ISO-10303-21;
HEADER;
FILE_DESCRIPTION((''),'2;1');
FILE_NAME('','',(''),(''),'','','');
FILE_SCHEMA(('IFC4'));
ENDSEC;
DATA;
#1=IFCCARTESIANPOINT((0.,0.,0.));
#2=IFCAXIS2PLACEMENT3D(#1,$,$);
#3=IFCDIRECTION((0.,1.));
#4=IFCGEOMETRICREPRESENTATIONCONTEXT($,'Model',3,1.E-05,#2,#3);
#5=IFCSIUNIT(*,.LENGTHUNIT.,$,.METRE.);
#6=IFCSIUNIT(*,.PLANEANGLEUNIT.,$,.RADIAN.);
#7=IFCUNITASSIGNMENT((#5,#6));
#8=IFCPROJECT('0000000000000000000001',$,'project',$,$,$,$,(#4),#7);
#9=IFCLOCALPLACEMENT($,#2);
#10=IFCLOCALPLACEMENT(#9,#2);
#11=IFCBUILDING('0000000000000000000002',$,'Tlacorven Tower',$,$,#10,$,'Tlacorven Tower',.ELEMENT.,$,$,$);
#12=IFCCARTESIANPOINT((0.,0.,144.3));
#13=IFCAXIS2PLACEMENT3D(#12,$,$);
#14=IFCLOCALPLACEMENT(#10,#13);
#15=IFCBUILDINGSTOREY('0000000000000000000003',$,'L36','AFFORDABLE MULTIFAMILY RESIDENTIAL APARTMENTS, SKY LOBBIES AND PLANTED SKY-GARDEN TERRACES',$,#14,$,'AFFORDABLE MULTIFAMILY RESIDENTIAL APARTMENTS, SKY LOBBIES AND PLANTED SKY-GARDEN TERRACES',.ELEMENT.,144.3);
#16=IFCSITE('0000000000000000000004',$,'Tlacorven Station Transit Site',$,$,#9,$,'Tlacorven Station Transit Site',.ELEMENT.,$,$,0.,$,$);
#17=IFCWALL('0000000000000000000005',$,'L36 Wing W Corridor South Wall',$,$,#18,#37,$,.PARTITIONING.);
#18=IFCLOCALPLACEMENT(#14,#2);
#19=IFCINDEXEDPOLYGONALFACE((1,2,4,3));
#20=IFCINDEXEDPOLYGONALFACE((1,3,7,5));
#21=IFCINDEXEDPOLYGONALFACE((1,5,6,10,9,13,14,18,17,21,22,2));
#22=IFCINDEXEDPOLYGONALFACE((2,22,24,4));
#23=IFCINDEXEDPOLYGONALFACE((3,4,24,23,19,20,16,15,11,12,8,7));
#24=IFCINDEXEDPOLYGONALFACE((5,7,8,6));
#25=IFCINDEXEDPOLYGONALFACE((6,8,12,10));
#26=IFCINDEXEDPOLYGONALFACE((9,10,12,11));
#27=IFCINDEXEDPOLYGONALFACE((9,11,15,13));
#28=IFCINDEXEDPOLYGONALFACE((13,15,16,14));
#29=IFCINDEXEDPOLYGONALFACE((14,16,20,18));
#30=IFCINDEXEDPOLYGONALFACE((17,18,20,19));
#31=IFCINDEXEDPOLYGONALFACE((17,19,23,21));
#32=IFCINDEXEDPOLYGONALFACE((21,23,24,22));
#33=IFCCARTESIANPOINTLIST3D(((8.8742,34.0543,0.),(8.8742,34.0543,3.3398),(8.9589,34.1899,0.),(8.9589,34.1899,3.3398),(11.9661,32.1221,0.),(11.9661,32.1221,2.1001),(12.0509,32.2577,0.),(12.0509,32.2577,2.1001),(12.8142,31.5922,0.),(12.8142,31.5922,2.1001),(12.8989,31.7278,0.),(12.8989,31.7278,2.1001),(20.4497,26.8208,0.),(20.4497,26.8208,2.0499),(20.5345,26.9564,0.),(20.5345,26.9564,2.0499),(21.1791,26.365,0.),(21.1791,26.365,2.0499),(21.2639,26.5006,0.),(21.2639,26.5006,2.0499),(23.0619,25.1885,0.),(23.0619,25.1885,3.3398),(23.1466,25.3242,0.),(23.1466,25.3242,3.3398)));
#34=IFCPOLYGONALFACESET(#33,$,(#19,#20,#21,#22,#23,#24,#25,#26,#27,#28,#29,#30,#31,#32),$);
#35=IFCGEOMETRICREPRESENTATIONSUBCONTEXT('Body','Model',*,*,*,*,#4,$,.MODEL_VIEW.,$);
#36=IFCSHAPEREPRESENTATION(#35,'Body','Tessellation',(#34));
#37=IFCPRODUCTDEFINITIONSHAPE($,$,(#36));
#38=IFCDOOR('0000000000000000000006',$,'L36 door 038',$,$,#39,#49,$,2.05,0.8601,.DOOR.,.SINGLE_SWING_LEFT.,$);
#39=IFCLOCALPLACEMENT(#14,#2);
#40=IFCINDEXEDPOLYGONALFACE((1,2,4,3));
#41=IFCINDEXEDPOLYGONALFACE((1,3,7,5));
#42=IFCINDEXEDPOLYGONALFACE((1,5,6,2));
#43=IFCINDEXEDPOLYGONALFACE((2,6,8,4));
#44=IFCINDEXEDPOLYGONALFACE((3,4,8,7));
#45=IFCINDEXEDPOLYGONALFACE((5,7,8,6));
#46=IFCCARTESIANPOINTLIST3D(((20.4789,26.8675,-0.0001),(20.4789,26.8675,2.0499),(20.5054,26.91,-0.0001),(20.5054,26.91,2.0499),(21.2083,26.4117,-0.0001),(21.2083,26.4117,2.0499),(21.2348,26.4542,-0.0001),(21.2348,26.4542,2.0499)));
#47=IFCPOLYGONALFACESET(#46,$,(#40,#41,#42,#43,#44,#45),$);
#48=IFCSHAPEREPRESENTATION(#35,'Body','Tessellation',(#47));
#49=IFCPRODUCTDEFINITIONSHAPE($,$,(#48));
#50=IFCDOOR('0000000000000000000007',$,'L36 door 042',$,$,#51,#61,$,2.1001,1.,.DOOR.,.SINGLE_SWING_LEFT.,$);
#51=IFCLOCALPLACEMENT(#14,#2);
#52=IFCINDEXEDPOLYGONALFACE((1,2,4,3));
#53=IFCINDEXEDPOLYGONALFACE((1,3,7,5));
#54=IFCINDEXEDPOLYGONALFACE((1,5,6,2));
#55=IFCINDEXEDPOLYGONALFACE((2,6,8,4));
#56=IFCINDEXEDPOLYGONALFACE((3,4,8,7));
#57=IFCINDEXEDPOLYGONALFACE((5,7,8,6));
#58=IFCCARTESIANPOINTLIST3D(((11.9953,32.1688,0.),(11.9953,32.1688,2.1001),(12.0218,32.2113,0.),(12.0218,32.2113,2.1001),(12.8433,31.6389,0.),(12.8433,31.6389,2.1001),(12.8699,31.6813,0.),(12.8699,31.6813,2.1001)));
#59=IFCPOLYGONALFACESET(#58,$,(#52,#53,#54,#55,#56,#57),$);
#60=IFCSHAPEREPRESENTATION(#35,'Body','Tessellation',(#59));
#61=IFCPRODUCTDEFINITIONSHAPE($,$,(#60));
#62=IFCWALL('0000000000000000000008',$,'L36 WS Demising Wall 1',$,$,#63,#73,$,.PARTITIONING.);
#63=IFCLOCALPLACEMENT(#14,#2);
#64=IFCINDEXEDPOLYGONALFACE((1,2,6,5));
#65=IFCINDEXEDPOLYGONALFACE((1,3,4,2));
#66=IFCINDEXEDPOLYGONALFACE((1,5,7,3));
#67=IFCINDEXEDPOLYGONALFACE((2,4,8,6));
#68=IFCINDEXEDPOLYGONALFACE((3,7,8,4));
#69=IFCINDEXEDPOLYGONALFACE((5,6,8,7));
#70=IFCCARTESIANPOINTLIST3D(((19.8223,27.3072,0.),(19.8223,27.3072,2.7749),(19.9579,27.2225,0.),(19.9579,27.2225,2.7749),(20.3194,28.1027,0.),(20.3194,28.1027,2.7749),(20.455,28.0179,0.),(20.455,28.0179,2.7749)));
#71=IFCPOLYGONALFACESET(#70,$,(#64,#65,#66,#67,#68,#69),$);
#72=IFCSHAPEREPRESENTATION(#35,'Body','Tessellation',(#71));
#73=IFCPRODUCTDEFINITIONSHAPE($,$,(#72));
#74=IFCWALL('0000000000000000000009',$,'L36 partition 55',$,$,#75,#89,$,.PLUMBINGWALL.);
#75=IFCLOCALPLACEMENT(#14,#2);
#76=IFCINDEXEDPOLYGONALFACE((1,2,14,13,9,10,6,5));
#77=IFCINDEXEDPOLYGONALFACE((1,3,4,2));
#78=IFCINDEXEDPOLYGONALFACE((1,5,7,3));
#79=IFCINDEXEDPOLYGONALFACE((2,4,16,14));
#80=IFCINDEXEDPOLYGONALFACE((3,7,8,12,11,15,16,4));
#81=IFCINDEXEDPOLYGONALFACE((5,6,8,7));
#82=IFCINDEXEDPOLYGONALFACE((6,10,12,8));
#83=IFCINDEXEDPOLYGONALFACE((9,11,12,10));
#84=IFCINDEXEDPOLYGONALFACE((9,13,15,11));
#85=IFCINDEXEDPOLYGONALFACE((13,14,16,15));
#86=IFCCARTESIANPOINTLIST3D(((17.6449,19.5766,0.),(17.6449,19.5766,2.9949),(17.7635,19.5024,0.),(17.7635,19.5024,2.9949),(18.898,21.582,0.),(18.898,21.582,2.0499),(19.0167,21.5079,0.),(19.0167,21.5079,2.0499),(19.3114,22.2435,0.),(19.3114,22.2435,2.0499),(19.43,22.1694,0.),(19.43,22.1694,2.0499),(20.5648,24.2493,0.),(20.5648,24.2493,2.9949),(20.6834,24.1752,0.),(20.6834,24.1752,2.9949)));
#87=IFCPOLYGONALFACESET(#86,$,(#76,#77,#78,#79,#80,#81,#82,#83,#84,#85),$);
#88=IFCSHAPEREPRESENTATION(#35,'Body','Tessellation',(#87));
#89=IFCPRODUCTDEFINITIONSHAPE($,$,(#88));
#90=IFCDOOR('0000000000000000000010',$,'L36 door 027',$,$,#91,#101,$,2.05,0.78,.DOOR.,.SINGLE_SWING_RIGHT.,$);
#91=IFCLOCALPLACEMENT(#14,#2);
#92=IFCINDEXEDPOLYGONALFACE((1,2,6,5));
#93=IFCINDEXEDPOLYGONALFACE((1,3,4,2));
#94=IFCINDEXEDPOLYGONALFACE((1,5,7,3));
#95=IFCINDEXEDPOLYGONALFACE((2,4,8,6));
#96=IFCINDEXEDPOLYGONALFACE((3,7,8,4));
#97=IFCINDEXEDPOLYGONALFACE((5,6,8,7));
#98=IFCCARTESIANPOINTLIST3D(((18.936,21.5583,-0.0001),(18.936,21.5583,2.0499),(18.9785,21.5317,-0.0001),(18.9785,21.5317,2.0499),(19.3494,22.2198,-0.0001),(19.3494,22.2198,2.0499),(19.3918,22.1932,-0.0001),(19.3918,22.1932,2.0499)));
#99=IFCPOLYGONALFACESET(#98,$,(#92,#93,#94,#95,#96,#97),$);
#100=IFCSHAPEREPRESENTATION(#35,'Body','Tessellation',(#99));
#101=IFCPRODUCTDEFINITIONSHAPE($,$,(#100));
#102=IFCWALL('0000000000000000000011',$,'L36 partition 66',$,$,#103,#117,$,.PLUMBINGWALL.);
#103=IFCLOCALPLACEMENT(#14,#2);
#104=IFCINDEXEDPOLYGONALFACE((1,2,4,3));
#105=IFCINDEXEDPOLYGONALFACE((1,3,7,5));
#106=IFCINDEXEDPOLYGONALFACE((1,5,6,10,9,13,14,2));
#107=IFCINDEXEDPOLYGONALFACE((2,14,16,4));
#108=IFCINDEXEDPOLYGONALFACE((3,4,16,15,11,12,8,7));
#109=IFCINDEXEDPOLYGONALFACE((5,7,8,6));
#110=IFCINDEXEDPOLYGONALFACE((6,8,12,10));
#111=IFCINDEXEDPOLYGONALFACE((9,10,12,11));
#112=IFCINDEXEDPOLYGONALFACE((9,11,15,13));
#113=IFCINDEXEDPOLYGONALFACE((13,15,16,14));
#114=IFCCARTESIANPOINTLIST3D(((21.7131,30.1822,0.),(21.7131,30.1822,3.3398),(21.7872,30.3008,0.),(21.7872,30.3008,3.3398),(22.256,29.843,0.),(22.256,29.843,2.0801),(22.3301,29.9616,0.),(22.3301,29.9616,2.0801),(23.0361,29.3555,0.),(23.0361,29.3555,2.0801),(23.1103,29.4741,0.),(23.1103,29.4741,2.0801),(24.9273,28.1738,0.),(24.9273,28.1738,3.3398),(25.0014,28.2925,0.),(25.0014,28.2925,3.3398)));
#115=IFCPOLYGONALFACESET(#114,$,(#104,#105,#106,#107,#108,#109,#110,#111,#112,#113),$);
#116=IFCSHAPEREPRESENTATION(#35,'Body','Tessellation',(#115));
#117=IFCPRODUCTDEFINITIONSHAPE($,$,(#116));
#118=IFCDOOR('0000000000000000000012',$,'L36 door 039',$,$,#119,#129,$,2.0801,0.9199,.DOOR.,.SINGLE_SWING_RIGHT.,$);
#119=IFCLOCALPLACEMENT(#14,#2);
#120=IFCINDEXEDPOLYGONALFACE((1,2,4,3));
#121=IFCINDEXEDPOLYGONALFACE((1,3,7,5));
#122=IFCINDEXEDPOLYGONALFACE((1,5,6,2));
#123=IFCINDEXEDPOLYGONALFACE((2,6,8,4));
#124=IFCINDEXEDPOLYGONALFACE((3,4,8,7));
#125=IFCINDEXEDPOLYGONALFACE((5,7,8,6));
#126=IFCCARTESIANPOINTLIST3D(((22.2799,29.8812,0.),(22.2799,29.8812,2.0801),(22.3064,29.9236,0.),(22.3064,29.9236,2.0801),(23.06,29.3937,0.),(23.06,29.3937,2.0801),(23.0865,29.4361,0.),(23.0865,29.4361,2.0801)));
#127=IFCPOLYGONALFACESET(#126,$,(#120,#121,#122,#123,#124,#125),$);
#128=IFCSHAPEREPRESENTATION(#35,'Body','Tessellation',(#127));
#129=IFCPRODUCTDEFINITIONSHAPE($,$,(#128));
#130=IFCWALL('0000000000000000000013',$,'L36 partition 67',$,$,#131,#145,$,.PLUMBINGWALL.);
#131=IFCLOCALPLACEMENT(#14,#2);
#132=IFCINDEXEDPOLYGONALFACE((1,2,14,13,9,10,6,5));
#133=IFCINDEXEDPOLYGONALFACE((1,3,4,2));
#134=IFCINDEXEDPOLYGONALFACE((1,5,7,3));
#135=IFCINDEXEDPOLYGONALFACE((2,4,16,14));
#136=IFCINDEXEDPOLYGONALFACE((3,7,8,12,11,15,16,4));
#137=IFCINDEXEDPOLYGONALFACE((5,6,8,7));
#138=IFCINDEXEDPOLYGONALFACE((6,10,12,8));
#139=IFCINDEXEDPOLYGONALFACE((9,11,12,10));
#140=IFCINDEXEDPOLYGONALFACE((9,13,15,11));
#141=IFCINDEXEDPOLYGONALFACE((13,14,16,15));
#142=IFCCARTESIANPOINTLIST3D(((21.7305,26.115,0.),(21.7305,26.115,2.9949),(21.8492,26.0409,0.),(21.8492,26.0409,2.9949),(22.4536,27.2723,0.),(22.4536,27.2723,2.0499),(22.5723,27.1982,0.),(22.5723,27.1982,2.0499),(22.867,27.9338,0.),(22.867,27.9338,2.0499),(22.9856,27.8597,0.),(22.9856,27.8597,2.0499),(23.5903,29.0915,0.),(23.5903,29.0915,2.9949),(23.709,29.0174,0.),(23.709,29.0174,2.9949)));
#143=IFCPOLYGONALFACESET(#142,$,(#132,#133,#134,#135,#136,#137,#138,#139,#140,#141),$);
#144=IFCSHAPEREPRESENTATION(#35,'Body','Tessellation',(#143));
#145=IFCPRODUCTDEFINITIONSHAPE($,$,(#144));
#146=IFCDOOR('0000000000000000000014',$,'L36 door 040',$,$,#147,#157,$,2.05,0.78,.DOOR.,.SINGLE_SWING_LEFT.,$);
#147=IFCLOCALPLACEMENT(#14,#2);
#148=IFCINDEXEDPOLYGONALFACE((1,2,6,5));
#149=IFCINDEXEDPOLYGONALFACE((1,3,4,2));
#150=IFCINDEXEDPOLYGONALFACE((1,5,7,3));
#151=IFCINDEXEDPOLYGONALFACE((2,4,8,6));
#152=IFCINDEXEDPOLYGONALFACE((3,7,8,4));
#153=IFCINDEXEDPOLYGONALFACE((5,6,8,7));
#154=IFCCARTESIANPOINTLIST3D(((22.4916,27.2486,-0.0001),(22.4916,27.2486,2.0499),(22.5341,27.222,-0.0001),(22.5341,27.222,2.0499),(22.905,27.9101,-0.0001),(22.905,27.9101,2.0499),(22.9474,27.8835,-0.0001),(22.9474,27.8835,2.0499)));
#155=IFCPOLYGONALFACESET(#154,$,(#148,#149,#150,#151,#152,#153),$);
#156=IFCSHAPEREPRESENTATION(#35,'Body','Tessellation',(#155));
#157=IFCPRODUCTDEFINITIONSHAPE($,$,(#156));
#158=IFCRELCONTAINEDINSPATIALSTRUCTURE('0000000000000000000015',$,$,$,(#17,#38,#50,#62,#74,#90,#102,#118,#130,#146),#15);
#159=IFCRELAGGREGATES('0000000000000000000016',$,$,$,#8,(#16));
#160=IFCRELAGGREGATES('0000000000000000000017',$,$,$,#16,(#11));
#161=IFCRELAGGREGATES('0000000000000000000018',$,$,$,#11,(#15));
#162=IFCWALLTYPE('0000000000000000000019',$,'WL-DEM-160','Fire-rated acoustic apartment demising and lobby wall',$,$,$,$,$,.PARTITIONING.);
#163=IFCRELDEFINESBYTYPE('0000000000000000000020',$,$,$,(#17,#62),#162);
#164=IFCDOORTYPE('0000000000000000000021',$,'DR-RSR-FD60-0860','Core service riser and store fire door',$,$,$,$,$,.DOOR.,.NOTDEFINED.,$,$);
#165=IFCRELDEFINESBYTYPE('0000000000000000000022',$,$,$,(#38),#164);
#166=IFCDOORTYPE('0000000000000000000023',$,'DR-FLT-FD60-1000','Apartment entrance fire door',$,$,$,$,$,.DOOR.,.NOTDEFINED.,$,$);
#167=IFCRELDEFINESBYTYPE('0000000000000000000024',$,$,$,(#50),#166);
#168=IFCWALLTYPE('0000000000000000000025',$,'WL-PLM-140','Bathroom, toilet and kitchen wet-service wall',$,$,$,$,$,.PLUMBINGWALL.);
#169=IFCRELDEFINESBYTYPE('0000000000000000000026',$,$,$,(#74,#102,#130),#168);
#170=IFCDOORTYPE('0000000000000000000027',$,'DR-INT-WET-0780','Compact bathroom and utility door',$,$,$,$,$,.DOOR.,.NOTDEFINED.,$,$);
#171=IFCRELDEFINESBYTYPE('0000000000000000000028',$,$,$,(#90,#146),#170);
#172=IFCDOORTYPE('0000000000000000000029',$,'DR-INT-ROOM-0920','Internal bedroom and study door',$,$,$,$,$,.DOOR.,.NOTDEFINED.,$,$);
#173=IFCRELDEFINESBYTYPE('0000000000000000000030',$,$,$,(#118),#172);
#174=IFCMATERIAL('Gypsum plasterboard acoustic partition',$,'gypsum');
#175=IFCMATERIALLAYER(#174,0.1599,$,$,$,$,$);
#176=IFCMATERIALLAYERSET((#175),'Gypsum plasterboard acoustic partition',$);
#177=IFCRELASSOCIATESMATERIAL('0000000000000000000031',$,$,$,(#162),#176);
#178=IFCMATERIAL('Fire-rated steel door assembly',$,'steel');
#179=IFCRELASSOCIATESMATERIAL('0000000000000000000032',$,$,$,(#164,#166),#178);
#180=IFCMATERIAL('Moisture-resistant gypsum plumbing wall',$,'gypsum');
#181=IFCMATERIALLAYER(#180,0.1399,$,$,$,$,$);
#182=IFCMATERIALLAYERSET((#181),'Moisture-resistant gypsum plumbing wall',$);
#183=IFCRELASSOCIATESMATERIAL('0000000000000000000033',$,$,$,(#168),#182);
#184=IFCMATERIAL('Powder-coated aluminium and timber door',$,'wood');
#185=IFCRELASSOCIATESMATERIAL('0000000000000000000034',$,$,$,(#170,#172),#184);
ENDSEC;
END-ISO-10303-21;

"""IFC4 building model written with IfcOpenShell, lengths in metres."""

from ifc_helpers import new_model, si_unit, direction, frame, frame_2d, origin, place, context, subcontext, project, spatial, rectangle, extrude, source, transform, mapped, material, layer, layer_set, type_object, element, fill, save


model = new_model("IFC4")

# Units and contexts
model_context = context("Model", 3, precision=1e-05, world=origin(), true_north=direction((0.0, 1.0)))
body_context = subcontext(model_context, "Body", "Model", "MODEL_VIEW")
ifc_project = project(units=[si_unit("LENGTHUNIT", "METRE"), si_unit("PLANEANGLEUNIT", "RADIAN")], contexts=[model_context])

# Site, building, storey
site_placement = place(None, origin())
site = spatial("IfcSite", under=ifc_project, at=site_placement, Name="Tlacorven Station Transit Site", LongName="Tlacorven Station Transit Site", CompositionType="ELEMENT", RefElevation=0.0)
building_placement = place(site_placement, origin())
building = spatial("IfcBuilding", under=site, at=building_placement, Name="Tlacorven Tower", LongName="Tlacorven Tower", CompositionType="ELEMENT")
storey_placement = place(building_placement, frame((0.0, 0.0, 144.3)))
storey = spatial("IfcBuildingStorey", under=building, at=storey_placement, Name="L36", Description="AFFORDABLE MULTIFAMILY RESIDENTIAL APARTMENTS, SKY LOBBIES AND PLANTED SKY-GARDEN TERRACES", LongName="AFFORDABLE MULTIFAMILY RESIDENTIAL APARTMENTS, SKY LOBBIES AND PLANTED SKY-GARDEN TERRACES", CompositionType="ELEMENT", Elevation=144.3)

# Shared definitions
ifc_material_1 = material(Name="Gypsum plasterboard acoustic partition", Category="gypsum")
ifc_layer_1 = layer(ifc_material_1, 0.1599)
ifc_layer_set_1 = layer_set([ifc_layer_1], Name="Gypsum plasterboard acoustic partition")
wall_type_1 = type_object("IfcWallType", Name="WL-DEM-160", Description="Fire-rated acoustic apartment demising and lobby wall", PredefinedType="PARTITIONING", material=ifc_layer_set_1)
ifc_material_2 = material(Name="Fire-rated steel door assembly", Category="steel")
door_type_1 = type_object("IfcDoorType", Name="DR-RSR-FD60-0860", Description="Core service riser and store fire door", OperationType="NOTDEFINED", PredefinedType="DOOR", material=ifc_material_2)
shared_shape_1 = source(origin(), body_context, "Body", "SweptSolid", [
    extrude(rectangle(XDim=0.8601, YDim=2.05, at=frame_2d((0.4302, 1.0249))), frame((0.0, 0.0249, 0.0), z_axis=(0.0, -1.0, 0.0), x_axis=(1.0, 0.0, 0.0)), (0.0, 0.0, 1.0), 0.05),
])

# Wall, openings, doors
wall_1_placement = place(storey_placement, frame((23.1042, 25.2563, 0.0), z_axis=(0.0, 0.0, 1.0), x_axis=(-0.848042, 0.529929, 0.0)))
wall_1 = element("IfcWall", 1, at=wall_1_placement, inside=storey, type_object=wall_type_1, Name="L36 Wing W Corridor South Wall", PredefinedType="PARTITIONING", context=body_context, shape_type="SweptSolid", body=[
    extrude(rectangle(XDim=16.73, YDim=0.1599, at=frame_2d((8.365, 0.0))), origin(), (0.0, 0.0, 1.0), 3.3398),
])
opening_1_placement = place(wall_1_placement, frame((2.22, 0.0, 0.0)))
opening_1 = element("IfcOpeningElement", 2, at=opening_1_placement, cuts=wall_1, PredefinedType="OPENING", context=body_context, shape_type="SweptSolid", body=[
    extrude(rectangle(XDim=0.8601, YDim=2.05, at=frame_2d((0.4302, 1.0249))), frame((0.0, 0.0898, 0.0), z_axis=(0.0, -1.0, 0.0), x_axis=(1.0, 0.0, 0.0)), (0.0, 0.0, 1.0), 0.1799),
])
opening_2_placement = place(wall_1_placement, frame((12.084, 0.0, 0.0)))
opening_2 = element("IfcOpeningElement", 3, at=opening_2_placement, cuts=wall_1, PredefinedType="OPENING", context=body_context, shape_type="SweptSolid", body=[
    extrude(rectangle(XDim=1.0, YDim=2.1001, at=frame_2d((0.5, 1.05))), frame((0.0, 0.0898, 0.0), z_axis=(0.0, -1.0, 0.0), x_axis=(1.0, 0.0, 0.0)), (0.0, 0.0, 1.0), 0.1799),
])
door_1_placement = place(opening_1_placement, origin())
door_1 = element("IfcDoor", 4, at=door_1_placement, inside=storey, type_object=door_type_1, Name="L36 door 038", OperationType="SINGLE_SWING_LEFT", OverallHeight=2.05, OverallWidth=0.8601, PredefinedType="DOOR", context=body_context, shape_type="MappedRepresentation", body=[
    mapped(shared_shape_1, transform((0.0, 0.0, 0.0), scale=1.0)),
])
fill(opening_1, door_1)
door_type_2 = type_object("IfcDoorType", Name="DR-FLT-FD60-1000", Description="Apartment entrance fire door", OperationType="NOTDEFINED", PredefinedType="DOOR", material=ifc_material_2)
shared_shape_2 = source(origin(), body_context, "Body", "SweptSolid", [
    extrude(rectangle(XDim=1.0, YDim=2.1001, at=frame_2d((0.5, 1.05))), frame((0.0, 0.0249, 0.0), z_axis=(0.0, -1.0, 0.0), x_axis=(1.0, 0.0, 0.0)), (0.0, 0.0, 1.0), 0.05),
])
door_2_placement = place(opening_2_placement, origin())
door_2 = element("IfcDoor", 5, at=door_2_placement, inside=storey, type_object=door_type_2, Name="L36 door 042", OperationType="SINGLE_SWING_LEFT", OverallHeight=2.1001, OverallWidth=1.0, PredefinedType="DOOR", context=body_context, shape_type="MappedRepresentation", body=[
    mapped(shared_shape_2, transform((0.0, 0.0, 0.0), scale=1.0)),
])
fill(opening_2, door_2)

# Wall
wall_2_placement = place(storey_placement, frame((20.3872, 28.0603, 0.0), z_axis=(0.0, 0.0, 1.0), x_axis=(-0.529952, -0.848028, 0.0)))
element("IfcWall", 6, at=wall_2_placement, inside=storey, type_object=wall_type_1, Name="L36 WS Demising Wall 1", PredefinedType="PARTITIONING", context=body_context, shape_type="SweptSolid", body=[
    extrude(rectangle(XDim=0.938, YDim=0.1599, at=frame_2d((0.469, 0.0))), origin(), (0.0, 0.0, 1.0), 2.7749),
])

# Walls, openings, doors
ifc_material_3 = material(Name="Moisture-resistant gypsum plumbing wall", Category="gypsum")
ifc_layer_2 = layer(ifc_material_3, 0.1399)
ifc_layer_set_2 = layer_set([ifc_layer_2], Name="Moisture-resistant gypsum plumbing wall")
wall_type_2 = type_object("IfcWallType", Name="WL-PLM-140", Description="Bathroom, toilet and kitchen wet-service wall", PredefinedType="PLUMBINGWALL", material=ifc_layer_set_2)
wall_3_placement = place(storey_placement, frame((20.624, 24.2122, 0.0), z_axis=(0.0, 0.0, 1.0), x_axis=(-0.529919, -0.848048, 0.0)))
wall_3 = element("IfcWall", 7, at=wall_3_placement, inside=storey, type_object=wall_type_2, Name="L36 partition 55", PredefinedType="PLUMBINGWALL", context=body_context, shape_type="SweptSolid", body=[
    extrude(rectangle(XDim=5.51, YDim=0.1399, at=frame_2d((2.7549, 0.0))), origin(), (0.0, 0.0, 1.0), 2.9949),
])
opening_3_placement = place(wall_3_placement, frame((2.365, 0.0, 0.0)))
opening_3 = element("IfcOpeningElement", 8, at=opening_3_placement, cuts=wall_3, PredefinedType="OPENING", context=body_context, shape_type="SweptSolid", body=[
    extrude(rectangle(XDim=0.78, YDim=2.05, at=frame_2d((0.3901, 1.0249))), frame((0.0, 0.0801, 0.0), z_axis=(0.0, -1.0, 0.0), x_axis=(1.0, 0.0, 0.0)), (0.0, 0.0, 1.0), 0.1599),
])
ifc_material_4 = material(Name="Powder-coated aluminium and timber door", Category="wood")
door_type_3 = type_object("IfcDoorType", Name="DR-INT-WET-0780", Description="Compact bathroom and utility door", OperationType="NOTDEFINED", PredefinedType="DOOR", material=ifc_material_4)
shared_shape_3 = source(origin(), body_context, "Body", "SweptSolid", [
    extrude(rectangle(XDim=0.78, YDim=2.05, at=frame_2d((0.3901, 1.0249))), frame((0.0, 0.0249, 0.0), z_axis=(0.0, -1.0, 0.0), x_axis=(1.0, 0.0, 0.0)), (0.0, 0.0, 1.0), 0.05),
])
door_3_placement = place(opening_3_placement, origin())
door_3 = element("IfcDoor", 9, at=door_3_placement, inside=storey, type_object=door_type_3, Name="L36 door 027", OperationType="SINGLE_SWING_RIGHT", OverallHeight=2.05, OverallWidth=0.78, PredefinedType="DOOR", context=body_context, shape_type="MappedRepresentation", body=[
    mapped(shared_shape_3, transform((0.0, 0.0, 0.0), scale=1.0)),
])
fill(opening_3, door_3)
wall_4_placement = place(storey_placement, frame((24.9644, 28.2332, 0.0), z_axis=(0.0, 0.0, 1.0), x_axis=(-0.84806, 0.529901, 0.0)))
wall_4 = element("IfcWall", 10, at=wall_4_placement, inside=storey, type_object=wall_type_2, Name="L36 partition 66", PredefinedType="PLUMBINGWALL", context=body_context, shape_type="SweptSolid", body=[
    extrude(rectangle(XDim=3.79, YDim=0.1399, at=frame_2d((1.895, 0.0))), origin(), (0.0, 0.0, 1.0), 3.3398),
])
opening_4_placement = place(wall_4_placement, frame((2.23, 0.0, 0.0)))
opening_4 = element("IfcOpeningElement", 11, at=opening_4_placement, cuts=wall_4, PredefinedType="OPENING", context=body_context, shape_type="SweptSolid", body=[
    extrude(rectangle(XDim=0.9199, YDim=2.0801, at=frame_2d((0.46, 1.04))), frame((0.0, 0.0801, 0.0), z_axis=(0.0, -1.0, 0.0), x_axis=(1.0, 0.0, 0.0)), (0.0, 0.0, 1.0), 0.1599),
])
door_type_4 = type_object("IfcDoorType", Name="DR-INT-ROOM-0920", Description="Internal bedroom and study door", OperationType="NOTDEFINED", PredefinedType="DOOR", material=ifc_material_4)
shared_shape_4 = source(origin(), body_context, "Body", "SweptSolid", [
    extrude(rectangle(XDim=0.9199, YDim=2.0801, at=frame_2d((0.46, 1.04))), frame((0.0, 0.0249, 0.0), z_axis=(0.0, -1.0, 0.0), x_axis=(1.0, 0.0, 0.0)), (0.0, 0.0, 1.0), 0.05),
])
door_4_placement = place(opening_4_placement, origin())
door_4 = element("IfcDoor", 12, at=door_4_placement, inside=storey, type_object=door_type_4, Name="L36 door 039", OperationType="SINGLE_SWING_RIGHT", OverallHeight=2.0801, OverallWidth=0.9199, PredefinedType="DOOR", context=body_context, shape_type="MappedRepresentation", body=[
    mapped(shared_shape_4, transform((0.0, 0.0, 0.0), scale=1.0)),
])
fill(opening_4, door_4)
wall_5_placement = place(storey_placement, frame((23.6497, 29.0544, 0.0), z_axis=(0.0, 0.0, 1.0), x_axis=(-0.529899, -0.848061, 0.0)))
wall_5 = element("IfcWall", 13, at=wall_5_placement, inside=storey, type_object=wall_type_2, Name="L36 partition 67", PredefinedType="PLUMBINGWALL", context=body_context, shape_type="SweptSolid", body=[
    extrude(rectangle(XDim=3.5098, YDim=0.1399, at=frame_2d((1.7549, 0.0))), origin(), (0.0, 0.0, 1.0), 2.9949),
])
opening_5_placement = place(wall_5_placement, frame((1.365, 0.0, 0.0)))
opening_5 = element("IfcOpeningElement", 14, at=opening_5_placement, cuts=wall_5, PredefinedType="OPENING", context=body_context, shape_type="SweptSolid", body=[
    extrude(rectangle(XDim=0.78, YDim=2.05, at=frame_2d((0.3901, 1.0249))), frame((0.0, 0.0801, 0.0), z_axis=(0.0, -1.0, 0.0), x_axis=(1.0, 0.0, 0.0)), (0.0, 0.0, 1.0), 0.1599),
])
door_5_placement = place(opening_5_placement, origin())
door_5 = element("IfcDoor", 15, at=door_5_placement, inside=storey, type_object=door_type_3, Name="L36 door 040", OperationType="SINGLE_SWING_LEFT", OverallHeight=2.05, OverallWidth=0.78, PredefinedType="DOOR", context=body_context, shape_type="MappedRepresentation", body=[
    mapped(shared_shape_3, transform((0.0, 0.0, 0.0), scale=1.0)),
])
fill(opening_5, door_5)

save(model, "model.ifc")
